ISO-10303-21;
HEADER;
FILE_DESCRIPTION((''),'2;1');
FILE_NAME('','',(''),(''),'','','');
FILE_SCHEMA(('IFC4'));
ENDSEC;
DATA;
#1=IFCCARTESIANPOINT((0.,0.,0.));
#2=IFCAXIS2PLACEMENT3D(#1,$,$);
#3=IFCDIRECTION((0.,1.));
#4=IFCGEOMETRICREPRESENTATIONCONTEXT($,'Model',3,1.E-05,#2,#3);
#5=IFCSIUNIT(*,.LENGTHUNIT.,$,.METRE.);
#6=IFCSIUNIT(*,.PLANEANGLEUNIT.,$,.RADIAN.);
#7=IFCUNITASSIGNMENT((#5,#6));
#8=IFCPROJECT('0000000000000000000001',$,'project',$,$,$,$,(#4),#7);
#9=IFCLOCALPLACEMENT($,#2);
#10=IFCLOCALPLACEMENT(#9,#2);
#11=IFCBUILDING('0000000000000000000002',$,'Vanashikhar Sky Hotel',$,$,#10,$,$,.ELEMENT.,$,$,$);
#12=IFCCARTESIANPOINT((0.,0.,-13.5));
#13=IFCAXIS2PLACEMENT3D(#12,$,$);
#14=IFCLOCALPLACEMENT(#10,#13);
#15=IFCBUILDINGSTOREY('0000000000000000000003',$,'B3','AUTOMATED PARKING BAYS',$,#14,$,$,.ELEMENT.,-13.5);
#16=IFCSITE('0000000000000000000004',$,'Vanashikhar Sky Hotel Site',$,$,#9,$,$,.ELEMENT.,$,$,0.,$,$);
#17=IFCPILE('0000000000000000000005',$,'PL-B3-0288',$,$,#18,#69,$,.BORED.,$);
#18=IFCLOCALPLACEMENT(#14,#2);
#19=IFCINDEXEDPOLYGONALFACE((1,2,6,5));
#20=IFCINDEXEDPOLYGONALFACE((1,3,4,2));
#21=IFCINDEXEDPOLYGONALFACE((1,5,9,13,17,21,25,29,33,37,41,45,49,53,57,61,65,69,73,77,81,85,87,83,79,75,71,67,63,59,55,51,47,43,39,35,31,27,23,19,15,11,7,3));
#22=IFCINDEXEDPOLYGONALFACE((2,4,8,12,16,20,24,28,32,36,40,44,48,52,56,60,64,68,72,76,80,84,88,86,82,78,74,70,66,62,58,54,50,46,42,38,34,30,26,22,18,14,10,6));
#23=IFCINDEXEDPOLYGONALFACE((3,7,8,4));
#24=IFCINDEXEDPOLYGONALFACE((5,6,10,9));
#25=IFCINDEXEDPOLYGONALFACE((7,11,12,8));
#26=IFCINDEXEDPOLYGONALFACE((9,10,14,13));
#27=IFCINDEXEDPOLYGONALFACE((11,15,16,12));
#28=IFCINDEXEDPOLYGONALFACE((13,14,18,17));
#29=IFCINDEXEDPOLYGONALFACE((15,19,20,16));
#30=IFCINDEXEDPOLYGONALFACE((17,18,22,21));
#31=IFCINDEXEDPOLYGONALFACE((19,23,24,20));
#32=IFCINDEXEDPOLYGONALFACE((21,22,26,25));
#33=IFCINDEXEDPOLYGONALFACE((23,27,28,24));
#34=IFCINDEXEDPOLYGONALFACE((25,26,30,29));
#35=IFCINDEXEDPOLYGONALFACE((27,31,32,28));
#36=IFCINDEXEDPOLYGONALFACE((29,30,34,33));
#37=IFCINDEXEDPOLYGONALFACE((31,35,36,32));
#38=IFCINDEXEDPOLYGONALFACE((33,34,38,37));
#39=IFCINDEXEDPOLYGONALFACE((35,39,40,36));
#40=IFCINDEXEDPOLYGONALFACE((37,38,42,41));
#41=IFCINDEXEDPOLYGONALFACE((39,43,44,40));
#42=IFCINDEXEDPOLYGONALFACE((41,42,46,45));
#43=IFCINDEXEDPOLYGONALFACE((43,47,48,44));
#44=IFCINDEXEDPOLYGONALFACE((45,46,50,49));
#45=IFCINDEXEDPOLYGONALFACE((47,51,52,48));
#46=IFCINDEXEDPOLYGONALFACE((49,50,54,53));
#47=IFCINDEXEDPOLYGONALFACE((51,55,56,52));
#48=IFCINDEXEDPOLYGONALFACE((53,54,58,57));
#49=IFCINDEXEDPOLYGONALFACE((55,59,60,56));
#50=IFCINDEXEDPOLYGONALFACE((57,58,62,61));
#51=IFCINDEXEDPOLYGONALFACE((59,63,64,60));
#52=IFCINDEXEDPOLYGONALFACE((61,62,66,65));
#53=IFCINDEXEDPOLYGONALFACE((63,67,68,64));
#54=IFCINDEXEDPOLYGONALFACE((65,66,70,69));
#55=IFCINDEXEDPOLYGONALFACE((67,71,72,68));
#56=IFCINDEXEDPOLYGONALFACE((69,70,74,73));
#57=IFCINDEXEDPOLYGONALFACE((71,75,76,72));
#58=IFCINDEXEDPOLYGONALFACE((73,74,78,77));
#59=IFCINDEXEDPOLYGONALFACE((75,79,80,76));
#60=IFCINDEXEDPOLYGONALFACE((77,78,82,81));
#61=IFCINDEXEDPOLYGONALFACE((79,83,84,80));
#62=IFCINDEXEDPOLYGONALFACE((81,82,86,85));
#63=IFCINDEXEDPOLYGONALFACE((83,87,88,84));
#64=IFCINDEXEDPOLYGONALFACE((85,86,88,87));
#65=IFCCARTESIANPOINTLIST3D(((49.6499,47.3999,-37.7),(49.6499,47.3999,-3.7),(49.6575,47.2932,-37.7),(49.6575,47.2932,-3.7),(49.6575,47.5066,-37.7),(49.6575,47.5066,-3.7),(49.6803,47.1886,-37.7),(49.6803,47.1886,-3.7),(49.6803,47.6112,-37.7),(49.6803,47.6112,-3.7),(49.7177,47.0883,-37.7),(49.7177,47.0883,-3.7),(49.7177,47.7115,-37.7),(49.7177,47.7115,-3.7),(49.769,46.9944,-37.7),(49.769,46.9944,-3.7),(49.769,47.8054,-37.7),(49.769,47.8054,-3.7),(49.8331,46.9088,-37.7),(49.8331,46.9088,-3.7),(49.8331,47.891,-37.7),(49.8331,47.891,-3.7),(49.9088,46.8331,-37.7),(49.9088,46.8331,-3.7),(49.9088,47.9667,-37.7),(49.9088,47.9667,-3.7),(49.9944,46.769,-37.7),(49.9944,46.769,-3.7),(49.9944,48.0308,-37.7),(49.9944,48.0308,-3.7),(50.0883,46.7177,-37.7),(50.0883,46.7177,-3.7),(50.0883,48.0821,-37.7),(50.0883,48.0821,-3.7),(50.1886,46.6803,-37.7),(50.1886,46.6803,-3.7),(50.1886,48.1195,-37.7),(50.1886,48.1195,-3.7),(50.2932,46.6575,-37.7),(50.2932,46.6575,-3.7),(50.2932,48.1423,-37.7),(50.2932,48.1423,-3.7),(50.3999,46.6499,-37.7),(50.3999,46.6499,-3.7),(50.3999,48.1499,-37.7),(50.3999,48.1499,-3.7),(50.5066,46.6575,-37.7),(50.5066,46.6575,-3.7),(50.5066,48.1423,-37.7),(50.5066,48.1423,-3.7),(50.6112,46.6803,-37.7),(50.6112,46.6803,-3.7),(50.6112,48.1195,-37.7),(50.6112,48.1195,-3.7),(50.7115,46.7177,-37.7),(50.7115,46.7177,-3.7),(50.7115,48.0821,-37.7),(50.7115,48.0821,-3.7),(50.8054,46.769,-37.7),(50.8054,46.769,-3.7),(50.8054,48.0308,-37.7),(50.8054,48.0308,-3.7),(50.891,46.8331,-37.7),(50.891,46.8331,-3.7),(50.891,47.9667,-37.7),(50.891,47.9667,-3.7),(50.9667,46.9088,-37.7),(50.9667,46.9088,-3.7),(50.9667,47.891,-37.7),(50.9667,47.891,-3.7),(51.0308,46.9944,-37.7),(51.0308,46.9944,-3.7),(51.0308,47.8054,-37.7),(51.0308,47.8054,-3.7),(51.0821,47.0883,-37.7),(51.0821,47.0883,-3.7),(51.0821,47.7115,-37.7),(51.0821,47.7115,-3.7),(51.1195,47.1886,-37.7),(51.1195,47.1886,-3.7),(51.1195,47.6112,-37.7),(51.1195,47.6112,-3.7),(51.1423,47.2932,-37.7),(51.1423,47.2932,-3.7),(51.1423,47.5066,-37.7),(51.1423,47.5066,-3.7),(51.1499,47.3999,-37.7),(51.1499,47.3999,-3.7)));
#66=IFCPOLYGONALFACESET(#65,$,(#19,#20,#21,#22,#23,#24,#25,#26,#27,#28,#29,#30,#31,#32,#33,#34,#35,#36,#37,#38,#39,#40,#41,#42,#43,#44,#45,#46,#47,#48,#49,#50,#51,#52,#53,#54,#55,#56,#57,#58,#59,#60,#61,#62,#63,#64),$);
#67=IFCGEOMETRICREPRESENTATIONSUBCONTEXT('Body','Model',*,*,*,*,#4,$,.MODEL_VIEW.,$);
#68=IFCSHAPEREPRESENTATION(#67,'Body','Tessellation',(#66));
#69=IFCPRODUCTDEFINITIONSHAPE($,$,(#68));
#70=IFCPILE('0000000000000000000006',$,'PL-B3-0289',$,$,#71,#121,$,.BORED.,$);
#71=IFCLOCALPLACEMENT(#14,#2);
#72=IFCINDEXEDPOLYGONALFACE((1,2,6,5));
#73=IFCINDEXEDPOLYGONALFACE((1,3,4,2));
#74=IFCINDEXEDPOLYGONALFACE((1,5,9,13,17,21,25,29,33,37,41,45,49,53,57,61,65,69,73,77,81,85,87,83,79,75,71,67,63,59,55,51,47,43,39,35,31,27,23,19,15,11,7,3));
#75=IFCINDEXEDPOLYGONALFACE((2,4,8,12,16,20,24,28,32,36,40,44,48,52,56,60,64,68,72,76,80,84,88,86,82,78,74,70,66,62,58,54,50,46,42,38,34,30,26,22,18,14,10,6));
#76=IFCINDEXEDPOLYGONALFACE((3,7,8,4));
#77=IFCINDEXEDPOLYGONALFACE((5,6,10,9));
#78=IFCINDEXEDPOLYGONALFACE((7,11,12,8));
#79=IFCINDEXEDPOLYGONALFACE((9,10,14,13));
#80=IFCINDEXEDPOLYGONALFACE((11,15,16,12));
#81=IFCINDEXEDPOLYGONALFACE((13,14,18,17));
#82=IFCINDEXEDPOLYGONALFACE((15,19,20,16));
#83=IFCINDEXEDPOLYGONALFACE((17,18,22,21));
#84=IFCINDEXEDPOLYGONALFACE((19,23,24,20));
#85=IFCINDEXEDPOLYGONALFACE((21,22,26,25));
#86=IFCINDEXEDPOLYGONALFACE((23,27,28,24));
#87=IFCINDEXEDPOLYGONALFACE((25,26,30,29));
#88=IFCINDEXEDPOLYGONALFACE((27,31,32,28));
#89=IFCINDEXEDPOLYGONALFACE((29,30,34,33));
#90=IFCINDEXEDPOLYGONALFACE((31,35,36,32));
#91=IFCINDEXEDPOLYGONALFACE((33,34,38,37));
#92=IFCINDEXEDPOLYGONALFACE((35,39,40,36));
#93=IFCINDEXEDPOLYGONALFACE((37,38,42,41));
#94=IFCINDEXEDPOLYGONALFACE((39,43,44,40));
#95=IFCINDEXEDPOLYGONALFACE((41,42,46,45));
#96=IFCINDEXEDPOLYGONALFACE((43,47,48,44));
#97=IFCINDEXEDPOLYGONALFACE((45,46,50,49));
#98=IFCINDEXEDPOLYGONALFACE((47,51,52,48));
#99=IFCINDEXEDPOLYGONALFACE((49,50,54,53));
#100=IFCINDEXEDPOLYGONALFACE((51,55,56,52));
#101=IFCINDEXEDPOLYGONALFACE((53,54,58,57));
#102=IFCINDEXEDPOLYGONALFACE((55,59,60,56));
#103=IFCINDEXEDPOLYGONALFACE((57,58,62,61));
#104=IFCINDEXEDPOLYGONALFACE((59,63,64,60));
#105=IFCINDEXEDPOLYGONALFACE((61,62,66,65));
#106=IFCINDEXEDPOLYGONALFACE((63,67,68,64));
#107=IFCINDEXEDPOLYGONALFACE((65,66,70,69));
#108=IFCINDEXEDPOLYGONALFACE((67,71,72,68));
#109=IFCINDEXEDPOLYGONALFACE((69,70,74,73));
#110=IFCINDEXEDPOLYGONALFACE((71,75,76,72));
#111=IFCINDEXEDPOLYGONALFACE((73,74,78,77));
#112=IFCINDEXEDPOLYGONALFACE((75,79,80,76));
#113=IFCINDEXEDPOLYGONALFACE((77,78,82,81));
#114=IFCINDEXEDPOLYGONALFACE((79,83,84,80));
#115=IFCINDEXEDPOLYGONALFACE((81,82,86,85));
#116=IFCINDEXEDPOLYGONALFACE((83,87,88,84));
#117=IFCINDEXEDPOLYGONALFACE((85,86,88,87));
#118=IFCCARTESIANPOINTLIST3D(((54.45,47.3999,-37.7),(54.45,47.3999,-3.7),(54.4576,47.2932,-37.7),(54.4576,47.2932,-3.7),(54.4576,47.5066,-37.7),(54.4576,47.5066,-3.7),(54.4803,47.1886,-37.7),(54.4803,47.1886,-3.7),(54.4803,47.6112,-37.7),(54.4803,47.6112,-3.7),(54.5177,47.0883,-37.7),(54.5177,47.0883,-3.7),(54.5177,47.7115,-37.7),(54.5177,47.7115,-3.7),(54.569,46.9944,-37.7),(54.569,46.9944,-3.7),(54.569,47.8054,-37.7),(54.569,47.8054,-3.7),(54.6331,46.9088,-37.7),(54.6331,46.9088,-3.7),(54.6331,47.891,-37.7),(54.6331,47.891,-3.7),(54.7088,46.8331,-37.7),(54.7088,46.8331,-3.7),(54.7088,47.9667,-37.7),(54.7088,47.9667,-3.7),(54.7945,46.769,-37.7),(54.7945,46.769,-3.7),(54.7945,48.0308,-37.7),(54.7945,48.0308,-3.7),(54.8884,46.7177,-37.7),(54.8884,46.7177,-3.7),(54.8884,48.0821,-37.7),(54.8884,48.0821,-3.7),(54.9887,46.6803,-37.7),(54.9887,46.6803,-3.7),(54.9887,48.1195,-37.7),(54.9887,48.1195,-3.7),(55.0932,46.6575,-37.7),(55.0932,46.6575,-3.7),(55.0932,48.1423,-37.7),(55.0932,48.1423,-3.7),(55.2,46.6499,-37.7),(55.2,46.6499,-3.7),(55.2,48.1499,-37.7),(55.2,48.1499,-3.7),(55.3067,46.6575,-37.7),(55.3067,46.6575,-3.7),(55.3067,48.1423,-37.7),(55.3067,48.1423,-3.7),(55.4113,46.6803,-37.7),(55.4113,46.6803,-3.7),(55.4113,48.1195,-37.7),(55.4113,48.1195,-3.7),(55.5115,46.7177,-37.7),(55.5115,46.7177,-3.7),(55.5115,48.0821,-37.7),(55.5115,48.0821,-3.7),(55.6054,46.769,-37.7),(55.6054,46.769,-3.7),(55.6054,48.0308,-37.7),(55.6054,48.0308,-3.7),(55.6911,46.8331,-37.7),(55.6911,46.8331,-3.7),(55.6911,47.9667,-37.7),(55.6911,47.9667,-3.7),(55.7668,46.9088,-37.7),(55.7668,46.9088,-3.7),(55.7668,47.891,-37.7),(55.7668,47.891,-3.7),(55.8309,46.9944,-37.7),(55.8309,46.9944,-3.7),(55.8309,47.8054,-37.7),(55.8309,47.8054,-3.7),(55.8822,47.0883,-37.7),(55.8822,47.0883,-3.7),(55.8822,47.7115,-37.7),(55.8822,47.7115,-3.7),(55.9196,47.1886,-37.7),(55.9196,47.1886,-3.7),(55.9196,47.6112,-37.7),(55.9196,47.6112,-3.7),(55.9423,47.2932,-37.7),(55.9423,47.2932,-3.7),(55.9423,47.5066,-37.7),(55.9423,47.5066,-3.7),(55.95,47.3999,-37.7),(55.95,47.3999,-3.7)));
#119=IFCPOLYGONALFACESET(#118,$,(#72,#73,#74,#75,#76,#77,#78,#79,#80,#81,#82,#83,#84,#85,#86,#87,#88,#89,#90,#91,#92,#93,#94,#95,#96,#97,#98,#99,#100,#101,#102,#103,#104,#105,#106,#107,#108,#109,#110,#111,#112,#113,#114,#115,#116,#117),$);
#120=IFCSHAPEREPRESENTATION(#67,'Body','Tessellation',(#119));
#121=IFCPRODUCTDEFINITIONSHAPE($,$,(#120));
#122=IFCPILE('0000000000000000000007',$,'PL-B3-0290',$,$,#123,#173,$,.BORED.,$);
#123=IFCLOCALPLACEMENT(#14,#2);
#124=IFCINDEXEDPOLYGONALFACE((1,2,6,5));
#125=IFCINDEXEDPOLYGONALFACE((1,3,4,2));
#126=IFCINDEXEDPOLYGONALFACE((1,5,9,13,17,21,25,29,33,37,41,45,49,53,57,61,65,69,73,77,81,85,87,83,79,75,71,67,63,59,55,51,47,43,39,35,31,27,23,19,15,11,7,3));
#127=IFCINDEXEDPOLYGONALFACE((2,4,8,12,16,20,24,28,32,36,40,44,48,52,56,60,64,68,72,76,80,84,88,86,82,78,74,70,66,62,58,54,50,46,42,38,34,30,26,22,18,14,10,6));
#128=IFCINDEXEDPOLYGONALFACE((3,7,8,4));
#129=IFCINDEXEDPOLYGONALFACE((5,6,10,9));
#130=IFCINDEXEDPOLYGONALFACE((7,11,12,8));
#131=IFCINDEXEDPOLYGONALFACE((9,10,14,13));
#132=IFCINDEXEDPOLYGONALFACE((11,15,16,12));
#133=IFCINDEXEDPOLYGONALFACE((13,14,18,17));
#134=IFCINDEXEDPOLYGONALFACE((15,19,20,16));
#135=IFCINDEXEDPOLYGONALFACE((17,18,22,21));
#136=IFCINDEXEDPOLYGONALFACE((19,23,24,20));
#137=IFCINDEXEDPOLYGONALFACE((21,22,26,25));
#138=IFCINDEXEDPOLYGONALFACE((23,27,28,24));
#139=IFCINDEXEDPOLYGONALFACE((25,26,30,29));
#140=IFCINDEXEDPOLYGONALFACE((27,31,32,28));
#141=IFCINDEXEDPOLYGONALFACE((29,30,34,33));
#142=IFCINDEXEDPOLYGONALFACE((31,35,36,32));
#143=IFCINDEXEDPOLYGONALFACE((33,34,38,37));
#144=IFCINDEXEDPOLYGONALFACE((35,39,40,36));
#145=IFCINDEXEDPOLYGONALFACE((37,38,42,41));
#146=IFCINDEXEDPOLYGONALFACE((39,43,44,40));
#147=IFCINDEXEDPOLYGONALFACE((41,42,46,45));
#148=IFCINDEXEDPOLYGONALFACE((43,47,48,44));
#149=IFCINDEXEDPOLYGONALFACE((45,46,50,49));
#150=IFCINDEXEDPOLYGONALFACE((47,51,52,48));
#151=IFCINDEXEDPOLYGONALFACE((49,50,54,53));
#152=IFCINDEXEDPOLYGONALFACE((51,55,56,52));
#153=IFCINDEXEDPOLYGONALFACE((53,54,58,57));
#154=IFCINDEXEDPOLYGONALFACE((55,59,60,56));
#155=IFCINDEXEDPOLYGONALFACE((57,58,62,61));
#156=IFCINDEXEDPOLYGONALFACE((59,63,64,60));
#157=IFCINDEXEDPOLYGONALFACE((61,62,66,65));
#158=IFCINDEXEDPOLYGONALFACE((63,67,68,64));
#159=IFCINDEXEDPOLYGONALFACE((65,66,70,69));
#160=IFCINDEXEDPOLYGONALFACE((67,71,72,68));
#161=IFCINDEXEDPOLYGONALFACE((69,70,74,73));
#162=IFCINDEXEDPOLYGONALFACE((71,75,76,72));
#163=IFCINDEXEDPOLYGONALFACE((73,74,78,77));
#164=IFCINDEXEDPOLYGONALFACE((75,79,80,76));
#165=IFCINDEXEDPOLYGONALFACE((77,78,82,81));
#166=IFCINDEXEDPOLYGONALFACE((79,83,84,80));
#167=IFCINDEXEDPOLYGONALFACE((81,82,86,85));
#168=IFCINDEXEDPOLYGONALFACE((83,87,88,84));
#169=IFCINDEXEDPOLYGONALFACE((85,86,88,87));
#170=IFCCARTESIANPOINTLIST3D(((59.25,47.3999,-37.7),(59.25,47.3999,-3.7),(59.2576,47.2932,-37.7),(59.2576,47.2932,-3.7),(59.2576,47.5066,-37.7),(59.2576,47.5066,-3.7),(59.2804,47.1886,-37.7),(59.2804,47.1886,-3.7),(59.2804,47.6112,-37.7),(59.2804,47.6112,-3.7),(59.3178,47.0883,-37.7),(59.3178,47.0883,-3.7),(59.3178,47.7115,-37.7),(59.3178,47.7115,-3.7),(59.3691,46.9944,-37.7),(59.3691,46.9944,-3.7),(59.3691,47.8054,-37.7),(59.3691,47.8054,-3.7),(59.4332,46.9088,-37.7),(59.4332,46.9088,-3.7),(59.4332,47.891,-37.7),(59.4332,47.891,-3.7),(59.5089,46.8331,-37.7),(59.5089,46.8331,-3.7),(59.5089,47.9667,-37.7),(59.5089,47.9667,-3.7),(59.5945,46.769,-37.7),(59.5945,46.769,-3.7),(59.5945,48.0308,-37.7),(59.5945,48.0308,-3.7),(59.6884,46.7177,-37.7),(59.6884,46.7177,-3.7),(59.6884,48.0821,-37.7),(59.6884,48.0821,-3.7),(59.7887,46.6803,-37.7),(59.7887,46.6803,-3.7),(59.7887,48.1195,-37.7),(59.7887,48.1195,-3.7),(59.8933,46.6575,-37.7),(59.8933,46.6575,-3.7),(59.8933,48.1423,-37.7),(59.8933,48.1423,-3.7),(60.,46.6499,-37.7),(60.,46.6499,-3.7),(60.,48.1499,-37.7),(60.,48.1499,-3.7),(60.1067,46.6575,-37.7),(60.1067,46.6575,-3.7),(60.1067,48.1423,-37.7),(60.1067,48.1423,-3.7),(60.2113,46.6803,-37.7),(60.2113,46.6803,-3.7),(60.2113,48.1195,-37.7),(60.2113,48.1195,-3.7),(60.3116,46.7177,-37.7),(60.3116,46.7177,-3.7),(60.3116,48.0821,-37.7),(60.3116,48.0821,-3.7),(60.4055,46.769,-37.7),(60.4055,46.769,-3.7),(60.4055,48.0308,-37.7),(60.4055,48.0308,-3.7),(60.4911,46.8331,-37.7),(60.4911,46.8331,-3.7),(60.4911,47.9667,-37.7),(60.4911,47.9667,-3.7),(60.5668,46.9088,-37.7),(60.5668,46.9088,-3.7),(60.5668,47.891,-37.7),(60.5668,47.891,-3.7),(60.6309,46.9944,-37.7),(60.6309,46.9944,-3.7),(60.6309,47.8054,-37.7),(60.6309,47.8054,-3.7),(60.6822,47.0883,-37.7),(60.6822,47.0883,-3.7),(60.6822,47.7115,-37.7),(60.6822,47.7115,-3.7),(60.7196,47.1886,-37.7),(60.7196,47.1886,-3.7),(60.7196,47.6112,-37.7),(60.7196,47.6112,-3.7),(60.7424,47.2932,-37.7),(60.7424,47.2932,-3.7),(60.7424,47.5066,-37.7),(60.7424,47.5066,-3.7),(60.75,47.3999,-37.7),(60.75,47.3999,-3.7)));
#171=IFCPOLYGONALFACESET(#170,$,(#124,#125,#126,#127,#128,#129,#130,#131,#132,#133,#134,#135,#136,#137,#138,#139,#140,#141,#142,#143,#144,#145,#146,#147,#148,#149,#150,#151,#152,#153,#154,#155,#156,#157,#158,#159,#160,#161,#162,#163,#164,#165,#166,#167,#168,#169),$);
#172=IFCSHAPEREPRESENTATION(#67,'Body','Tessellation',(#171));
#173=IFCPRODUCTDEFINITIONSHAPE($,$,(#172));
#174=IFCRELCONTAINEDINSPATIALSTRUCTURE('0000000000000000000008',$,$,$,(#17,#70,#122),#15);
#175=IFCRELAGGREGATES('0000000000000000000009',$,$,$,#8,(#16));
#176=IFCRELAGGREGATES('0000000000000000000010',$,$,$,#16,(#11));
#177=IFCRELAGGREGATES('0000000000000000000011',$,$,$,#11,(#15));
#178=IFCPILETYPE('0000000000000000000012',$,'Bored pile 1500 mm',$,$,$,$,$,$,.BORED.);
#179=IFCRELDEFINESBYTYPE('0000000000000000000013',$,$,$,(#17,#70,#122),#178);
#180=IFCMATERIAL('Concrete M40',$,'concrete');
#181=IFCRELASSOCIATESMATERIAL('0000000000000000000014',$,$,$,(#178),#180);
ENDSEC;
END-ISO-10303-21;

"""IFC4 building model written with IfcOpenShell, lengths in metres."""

from ifc_helpers import new_model, si_unit, direction, frame, origin, origin_2d, place, context, subcontext, project, spatial, circle, extrude, source, transform, mapped, material, type_object, element, save


model = new_model("IFC4")

# Units and contexts
model_context = context("Model", 3, precision=1e-05, world=origin(), true_north=direction((0.0, 1.0)))
body_context = subcontext(model_context, "Body", "Model", "MODEL_VIEW")
ifc_project = project(units=[si_unit("LENGTHUNIT", "METRE"), si_unit("PLANEANGLEUNIT", "RADIAN")], contexts=[model_context])

# Site, building, storey
site_placement = place(None, origin())
site = spatial("IfcSite", under=ifc_project, at=site_placement, Name="Vanashikhar Sky Hotel Site", CompositionType="ELEMENT", RefElevation=0.0)
building_placement = place(site_placement, origin())
building = spatial("IfcBuilding", under=site, at=building_placement, Name="Vanashikhar Sky Hotel", CompositionType="ELEMENT")
storey_placement = place(building_placement, frame((0.0, 0.0, -13.5)))
storey = spatial("IfcBuildingStorey", under=building, at=storey_placement, Name="B3", Description="AUTOMATED PARKING BAYS", CompositionType="ELEMENT", Elevation=-13.5)

# Piles
ifc_material_1 = material(Name="Concrete M40", Category="concrete")
pile_type_1 = type_object("IfcPileType", Name="Bored pile 1500 mm", PredefinedType="BORED", material=ifc_material_1)
shared_shape_1 = source(origin(), body_context, "Body", "SweptSolid", [
    extrude(circle(Radius=0.75, at=origin_2d()), origin(), (0.0, 0.0, 1.0), 34.0),
])
for number, where, z_axis, x_axis, name in (
    (1, (50.3999, 47.3999, -3.7), (0.0, 0.0, -1.0), (1.0, 0.0, 0.0), "PL-B3-0288"),
    (2, (55.2, 47.3999, -3.7), (0.0, 0.0, -1.0), (1.0, 0.0, 0.0), "PL-B3-0289"),
    (3, (60.0, 47.3999, -3.7), (0.0, 0.0, -1.0), (1.0, 0.0, 0.0), "PL-B3-0290"),
):
    element("IfcPile", number, at=place(storey_placement, frame(where, z_axis=z_axis, x_axis=x_axis)), inside=storey, type_object=pile_type_1, Name=name, PredefinedType="BORED", context=body_context, shape_type="MappedRepresentation", body=[
        mapped(shared_shape_1, transform((0.0, 0.0, 0.0), scale=1.0)),
    ])

save(model, "model.ifc")
